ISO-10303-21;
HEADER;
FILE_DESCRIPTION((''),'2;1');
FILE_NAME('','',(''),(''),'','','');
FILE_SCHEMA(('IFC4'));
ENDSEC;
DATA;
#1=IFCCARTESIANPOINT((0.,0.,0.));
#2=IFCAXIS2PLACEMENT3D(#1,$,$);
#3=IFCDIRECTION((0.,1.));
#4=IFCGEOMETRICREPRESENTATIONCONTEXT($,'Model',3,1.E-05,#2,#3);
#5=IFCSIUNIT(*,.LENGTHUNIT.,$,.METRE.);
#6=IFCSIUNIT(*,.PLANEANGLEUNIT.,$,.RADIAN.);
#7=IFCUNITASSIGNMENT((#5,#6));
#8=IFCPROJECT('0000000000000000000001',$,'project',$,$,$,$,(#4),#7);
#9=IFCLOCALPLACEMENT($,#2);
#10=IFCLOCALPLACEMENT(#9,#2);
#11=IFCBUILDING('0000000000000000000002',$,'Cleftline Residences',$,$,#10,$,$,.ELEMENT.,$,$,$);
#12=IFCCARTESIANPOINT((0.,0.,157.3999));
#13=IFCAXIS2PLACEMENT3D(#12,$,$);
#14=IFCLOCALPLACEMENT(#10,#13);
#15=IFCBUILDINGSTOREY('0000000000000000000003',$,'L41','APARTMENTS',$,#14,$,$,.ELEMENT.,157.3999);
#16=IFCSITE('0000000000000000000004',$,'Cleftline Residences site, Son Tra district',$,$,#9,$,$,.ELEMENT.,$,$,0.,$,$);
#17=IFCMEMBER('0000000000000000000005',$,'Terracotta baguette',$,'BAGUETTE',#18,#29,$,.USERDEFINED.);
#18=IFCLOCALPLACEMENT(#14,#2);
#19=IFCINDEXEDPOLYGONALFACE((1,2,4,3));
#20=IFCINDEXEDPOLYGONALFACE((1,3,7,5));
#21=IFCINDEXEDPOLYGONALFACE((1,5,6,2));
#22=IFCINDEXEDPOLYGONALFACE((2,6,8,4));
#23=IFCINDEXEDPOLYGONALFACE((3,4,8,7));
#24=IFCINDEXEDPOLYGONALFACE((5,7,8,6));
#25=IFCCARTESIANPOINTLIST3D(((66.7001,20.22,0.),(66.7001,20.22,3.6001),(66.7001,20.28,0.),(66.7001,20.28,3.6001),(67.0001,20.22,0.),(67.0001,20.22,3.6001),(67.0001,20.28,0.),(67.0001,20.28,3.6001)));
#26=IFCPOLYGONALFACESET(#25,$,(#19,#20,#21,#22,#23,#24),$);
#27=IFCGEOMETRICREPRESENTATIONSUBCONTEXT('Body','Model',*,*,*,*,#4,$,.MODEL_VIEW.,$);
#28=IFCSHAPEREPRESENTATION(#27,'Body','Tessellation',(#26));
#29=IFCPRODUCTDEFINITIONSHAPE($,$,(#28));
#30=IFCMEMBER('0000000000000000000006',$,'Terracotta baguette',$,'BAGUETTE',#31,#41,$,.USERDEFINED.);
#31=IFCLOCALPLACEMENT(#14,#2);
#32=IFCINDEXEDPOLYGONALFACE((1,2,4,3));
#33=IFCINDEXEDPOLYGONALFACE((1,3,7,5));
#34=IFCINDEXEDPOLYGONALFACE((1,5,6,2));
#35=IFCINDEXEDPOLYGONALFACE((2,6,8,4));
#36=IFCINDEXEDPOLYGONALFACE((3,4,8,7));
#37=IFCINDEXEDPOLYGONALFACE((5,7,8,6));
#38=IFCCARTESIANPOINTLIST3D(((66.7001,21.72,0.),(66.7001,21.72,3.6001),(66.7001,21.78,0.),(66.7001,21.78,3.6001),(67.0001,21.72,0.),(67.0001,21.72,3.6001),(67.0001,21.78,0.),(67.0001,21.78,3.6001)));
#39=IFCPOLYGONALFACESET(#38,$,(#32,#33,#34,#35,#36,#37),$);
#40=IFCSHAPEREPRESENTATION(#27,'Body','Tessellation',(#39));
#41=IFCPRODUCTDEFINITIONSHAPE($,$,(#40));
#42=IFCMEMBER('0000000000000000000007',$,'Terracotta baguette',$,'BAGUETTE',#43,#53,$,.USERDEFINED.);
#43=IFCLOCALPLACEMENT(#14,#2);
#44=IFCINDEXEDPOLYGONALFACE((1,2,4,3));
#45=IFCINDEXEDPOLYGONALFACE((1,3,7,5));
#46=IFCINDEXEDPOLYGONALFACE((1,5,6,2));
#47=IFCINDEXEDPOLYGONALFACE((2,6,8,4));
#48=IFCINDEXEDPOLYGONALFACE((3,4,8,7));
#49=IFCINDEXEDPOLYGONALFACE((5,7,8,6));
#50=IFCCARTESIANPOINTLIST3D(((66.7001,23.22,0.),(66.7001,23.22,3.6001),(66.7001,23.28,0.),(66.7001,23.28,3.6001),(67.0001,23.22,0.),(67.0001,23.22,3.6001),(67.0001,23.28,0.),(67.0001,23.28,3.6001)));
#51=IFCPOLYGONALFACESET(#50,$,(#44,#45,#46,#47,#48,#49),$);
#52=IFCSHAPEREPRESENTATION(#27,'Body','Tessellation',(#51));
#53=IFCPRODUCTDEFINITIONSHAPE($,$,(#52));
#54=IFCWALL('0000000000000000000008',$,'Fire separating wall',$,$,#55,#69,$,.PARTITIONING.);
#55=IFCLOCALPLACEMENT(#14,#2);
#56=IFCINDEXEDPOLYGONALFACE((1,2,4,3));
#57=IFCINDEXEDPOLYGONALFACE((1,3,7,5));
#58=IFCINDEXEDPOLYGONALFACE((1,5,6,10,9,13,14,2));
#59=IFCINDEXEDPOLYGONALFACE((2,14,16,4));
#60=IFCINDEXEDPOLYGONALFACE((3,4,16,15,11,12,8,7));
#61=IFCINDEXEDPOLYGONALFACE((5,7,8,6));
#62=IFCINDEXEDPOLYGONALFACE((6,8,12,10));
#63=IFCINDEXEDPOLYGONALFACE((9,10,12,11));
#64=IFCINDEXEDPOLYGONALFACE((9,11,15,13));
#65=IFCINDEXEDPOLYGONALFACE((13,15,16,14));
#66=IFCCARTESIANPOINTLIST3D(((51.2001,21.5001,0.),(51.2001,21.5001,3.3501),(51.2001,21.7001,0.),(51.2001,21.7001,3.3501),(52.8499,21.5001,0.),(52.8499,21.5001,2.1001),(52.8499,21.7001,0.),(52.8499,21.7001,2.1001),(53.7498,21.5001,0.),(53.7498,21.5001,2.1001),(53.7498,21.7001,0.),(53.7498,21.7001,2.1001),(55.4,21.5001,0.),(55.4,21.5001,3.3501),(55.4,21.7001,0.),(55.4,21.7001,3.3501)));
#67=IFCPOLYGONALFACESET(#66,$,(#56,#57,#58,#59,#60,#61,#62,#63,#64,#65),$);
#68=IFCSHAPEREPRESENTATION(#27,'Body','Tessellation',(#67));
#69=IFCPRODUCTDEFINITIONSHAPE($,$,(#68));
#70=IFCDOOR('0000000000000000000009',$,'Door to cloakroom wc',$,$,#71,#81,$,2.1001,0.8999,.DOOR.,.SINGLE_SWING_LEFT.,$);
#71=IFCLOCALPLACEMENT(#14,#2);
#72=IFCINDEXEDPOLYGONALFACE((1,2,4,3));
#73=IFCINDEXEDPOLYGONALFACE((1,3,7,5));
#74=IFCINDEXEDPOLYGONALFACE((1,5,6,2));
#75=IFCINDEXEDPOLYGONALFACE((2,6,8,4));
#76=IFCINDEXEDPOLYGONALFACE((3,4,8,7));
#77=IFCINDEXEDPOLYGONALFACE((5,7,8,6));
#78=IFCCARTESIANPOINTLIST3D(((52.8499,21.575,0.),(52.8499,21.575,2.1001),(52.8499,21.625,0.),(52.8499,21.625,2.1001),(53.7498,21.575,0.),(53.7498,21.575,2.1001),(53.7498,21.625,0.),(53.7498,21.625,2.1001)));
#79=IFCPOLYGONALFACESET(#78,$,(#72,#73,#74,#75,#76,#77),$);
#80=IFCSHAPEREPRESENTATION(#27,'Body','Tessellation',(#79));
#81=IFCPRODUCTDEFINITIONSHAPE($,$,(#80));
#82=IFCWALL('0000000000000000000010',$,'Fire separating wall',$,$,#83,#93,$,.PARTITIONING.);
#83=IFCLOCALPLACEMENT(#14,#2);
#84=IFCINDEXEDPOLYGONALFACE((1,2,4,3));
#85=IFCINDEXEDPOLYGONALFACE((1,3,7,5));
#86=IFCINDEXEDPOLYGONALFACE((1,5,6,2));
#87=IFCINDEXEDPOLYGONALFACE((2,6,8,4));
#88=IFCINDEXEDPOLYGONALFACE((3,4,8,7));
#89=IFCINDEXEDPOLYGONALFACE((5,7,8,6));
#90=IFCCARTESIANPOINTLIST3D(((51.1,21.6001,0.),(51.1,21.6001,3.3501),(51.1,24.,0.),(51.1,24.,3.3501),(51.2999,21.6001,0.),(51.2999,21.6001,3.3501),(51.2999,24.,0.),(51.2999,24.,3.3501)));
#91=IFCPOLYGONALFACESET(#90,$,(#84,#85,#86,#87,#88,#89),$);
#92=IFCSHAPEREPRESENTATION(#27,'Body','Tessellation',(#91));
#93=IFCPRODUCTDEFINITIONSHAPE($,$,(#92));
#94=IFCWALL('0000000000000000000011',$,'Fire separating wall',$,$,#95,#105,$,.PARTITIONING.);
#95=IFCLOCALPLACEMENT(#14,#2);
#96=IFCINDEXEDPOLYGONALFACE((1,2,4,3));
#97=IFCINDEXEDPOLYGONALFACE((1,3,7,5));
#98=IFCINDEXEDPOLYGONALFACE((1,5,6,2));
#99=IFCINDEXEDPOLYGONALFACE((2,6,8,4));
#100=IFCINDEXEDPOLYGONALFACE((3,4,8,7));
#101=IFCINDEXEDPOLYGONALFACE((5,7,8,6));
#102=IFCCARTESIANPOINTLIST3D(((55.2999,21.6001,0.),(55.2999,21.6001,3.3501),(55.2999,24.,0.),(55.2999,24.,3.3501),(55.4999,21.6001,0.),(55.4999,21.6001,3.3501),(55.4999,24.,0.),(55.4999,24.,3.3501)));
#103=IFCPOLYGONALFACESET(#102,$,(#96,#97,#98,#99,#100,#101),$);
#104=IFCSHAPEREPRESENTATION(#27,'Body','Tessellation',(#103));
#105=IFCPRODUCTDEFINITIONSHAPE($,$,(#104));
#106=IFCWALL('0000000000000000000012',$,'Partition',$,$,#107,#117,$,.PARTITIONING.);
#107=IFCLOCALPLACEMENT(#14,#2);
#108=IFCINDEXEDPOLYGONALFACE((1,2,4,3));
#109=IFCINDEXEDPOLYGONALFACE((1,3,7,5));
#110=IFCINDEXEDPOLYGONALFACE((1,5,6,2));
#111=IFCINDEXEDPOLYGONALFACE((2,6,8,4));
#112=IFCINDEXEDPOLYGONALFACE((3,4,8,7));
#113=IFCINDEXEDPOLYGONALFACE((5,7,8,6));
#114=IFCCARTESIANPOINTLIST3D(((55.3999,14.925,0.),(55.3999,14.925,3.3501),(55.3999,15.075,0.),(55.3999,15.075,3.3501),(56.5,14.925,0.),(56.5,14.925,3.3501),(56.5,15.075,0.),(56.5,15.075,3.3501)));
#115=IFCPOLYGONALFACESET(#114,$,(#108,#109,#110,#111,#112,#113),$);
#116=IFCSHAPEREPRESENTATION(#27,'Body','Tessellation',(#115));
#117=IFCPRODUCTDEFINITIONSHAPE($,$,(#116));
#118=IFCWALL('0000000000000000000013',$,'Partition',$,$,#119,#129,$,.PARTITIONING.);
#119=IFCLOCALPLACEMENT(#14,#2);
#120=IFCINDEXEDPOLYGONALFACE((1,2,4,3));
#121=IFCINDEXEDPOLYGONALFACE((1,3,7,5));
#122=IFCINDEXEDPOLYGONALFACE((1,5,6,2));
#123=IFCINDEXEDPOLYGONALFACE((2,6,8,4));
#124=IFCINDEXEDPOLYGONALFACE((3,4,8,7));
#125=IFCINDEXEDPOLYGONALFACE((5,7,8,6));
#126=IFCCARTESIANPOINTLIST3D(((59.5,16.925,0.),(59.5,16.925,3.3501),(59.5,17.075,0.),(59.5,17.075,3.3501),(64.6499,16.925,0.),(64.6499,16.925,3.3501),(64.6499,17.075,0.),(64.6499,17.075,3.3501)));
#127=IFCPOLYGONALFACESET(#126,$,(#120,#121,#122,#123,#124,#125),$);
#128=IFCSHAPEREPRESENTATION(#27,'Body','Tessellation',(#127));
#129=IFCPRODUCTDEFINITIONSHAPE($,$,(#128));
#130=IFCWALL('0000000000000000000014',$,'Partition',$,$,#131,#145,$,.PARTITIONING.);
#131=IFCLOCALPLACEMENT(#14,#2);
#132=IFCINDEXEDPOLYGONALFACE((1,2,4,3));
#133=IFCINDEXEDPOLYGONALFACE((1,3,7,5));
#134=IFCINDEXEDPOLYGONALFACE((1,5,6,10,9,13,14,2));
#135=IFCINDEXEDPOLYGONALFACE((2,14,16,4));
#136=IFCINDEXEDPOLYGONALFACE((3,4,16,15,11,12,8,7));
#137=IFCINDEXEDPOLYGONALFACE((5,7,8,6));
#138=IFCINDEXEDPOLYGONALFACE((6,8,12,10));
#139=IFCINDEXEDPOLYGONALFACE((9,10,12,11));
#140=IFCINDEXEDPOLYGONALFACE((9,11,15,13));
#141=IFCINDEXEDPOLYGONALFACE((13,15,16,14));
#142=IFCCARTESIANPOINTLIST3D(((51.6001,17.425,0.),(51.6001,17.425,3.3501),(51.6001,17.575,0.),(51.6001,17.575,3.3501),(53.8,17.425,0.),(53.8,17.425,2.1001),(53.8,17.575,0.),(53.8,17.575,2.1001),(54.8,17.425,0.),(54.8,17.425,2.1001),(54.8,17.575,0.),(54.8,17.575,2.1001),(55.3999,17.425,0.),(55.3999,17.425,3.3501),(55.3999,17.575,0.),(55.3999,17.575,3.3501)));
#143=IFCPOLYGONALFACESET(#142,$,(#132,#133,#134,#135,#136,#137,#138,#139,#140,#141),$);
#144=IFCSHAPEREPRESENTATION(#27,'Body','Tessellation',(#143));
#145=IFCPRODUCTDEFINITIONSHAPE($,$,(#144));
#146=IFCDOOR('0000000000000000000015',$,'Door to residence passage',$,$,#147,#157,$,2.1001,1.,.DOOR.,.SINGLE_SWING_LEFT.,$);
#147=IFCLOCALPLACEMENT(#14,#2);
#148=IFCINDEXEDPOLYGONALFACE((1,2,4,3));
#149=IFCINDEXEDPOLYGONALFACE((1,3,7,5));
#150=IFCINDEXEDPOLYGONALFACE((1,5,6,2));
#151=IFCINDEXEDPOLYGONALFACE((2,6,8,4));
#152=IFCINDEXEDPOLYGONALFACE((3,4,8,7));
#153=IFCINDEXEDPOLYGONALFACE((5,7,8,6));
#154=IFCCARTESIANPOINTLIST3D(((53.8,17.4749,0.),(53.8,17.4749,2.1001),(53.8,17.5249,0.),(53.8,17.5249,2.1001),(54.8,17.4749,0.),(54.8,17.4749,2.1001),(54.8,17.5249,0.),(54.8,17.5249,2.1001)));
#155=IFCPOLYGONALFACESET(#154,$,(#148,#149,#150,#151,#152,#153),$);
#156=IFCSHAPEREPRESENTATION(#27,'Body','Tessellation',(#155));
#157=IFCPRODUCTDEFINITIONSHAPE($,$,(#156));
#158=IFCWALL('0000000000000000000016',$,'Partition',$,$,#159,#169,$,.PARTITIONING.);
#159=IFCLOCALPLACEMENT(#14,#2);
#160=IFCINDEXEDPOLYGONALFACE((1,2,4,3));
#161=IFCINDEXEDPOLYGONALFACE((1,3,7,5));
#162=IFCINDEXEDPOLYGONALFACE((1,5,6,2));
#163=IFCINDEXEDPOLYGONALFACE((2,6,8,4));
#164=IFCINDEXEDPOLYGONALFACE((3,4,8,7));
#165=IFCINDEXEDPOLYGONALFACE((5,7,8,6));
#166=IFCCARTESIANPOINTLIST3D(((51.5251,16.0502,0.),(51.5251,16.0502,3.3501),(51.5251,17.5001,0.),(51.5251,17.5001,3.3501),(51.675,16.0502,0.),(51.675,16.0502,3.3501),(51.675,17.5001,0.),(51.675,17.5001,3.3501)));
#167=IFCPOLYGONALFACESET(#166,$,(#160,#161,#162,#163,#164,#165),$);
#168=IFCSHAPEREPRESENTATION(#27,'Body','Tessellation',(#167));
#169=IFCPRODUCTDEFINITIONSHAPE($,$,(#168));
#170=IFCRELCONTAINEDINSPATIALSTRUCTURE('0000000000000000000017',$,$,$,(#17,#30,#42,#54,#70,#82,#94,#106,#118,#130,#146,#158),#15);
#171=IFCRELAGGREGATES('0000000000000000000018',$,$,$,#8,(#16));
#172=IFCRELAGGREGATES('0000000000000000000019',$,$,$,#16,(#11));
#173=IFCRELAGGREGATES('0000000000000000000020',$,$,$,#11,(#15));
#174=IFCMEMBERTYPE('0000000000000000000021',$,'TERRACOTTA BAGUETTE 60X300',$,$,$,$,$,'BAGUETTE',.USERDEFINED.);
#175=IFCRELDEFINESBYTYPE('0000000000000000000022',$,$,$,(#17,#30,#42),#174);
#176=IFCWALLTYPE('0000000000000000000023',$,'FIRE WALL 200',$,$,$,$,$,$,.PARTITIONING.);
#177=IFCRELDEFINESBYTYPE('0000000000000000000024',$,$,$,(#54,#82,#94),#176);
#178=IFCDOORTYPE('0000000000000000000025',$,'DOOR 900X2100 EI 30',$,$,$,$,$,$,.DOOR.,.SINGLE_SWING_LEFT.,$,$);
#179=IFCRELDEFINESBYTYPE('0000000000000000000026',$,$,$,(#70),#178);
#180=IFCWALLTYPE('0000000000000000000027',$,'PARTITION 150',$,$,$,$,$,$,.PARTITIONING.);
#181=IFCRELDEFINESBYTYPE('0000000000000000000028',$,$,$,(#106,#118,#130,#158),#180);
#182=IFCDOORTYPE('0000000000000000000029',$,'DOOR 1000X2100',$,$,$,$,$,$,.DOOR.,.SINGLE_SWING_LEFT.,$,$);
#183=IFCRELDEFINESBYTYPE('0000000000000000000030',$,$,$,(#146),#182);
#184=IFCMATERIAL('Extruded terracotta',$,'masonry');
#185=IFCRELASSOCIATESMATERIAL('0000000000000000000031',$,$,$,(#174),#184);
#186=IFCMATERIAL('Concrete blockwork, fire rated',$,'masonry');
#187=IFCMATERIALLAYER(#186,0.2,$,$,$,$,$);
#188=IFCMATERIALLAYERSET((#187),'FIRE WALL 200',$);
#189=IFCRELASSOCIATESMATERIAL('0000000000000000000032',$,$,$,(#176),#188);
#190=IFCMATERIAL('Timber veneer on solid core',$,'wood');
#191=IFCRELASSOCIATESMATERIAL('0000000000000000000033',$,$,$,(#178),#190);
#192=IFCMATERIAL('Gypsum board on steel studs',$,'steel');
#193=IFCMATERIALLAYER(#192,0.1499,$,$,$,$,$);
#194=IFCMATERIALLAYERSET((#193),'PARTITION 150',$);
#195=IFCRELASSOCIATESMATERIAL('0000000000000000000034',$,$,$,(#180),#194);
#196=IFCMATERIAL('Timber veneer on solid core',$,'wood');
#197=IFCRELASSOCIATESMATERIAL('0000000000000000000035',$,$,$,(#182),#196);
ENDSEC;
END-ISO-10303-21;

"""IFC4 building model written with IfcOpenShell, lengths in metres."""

from ifc_helpers import new_model, si_unit, direction, frame, frame_2d, origin, origin_2d, place, context, subcontext, project, spatial, rectangle, extrude, material, layer, layer_set, material_profile, profile_set, type_object, element, fill, save


model = new_model("IFC4")

# Units and contexts
model_context = context("Model", 3, precision=1e-05, world=origin(), true_north=direction((0.0, 1.0)))
body_context = subcontext(model_context, "Body", "Model", "MODEL_VIEW")
ifc_project = project(units=[si_unit("LENGTHUNIT", "METRE"), si_unit("PLANEANGLEUNIT", "RADIAN")], contexts=[model_context])

# Site, building, storey
site_placement = place(None, origin())
site = spatial("IfcSite", under=ifc_project, at=site_placement, Name="Cleftline Residences site, Son Tra district", CompositionType="ELEMENT", RefElevation=0.0)
building_placement = place(site_placement, origin())
building = spatial("IfcBuilding", under=site, at=building_placement, Name="Cleftline Residences", CompositionType="ELEMENT")
storey_placement = place(building_placement, frame((0.0, 0.0, 157.3999)))
storey = spatial("IfcBuildingStorey", under=building, at=storey_placement, Name="L41", Description="APARTMENTS", CompositionType="ELEMENT", Elevation=157.3999)

# Members
ifc_material_1 = material(Name="Extruded terracotta", Category="masonry")
ifc_material_profile_1 = material_profile(ifc_material_1, rectangle(XDim=0.0601, YDim=0.3, at=origin_2d()))
ifc_profile_set_1 = profile_set([ifc_material_profile_1], Name="Extruded terracotta")
member_type_1 = type_object("IfcMemberType", Name="TERRACOTTA BAGUETTE 60X300", ElementType="BAGUETTE", PredefinedType="USERDEFINED", material=ifc_profile_set_1)
for number, where, z_axis, x_axis, name in (
    (1, (66.8501, 20.25, 0.0), (0.0, 0.0, 1.0), (0.0, 1.0, 0.0), "Terracotta baguette"),
    (2, (66.8501, 21.75, 0.0), (0.0, 0.0, 1.0), (0.0, 1.0, 0.0), "Terracotta baguette"),
    (3, (66.8501, 23.25, 0.0), (0.0, 0.0, 1.0), (0.0, 1.0, 0.0), "Terracotta baguette"),
):
    element("IfcMember", number, at=place(storey_placement, frame(where, z_axis=z_axis, x_axis=x_axis)), inside=storey, type_object=member_type_1, Name=name, ObjectType="BAGUETTE", PredefinedType="USERDEFINED", context=body_context, shape_type="SweptSolid", body=[
        extrude(rectangle(XDim=0.0601, YDim=0.3, at=origin_2d()), origin(), (0.0, 0.0, 1.0), 3.6001),
    ])

# Wall, opening, door
ifc_material_2 = material(Name="Concrete blockwork, fire rated", Category="masonry")
ifc_layer_1 = layer(ifc_material_2, 0.2)
ifc_layer_set_1 = layer_set([ifc_layer_1], Name="FIRE WALL 200")
wall_type_1 = type_object("IfcWallType", Name="FIRE WALL 200", PredefinedType="PARTITIONING", material=ifc_layer_set_1)
wall_1_placement = place(storey_placement, frame((51.2, 21.6001, 0.0), z_axis=(0.0, 0.0, 1.0), x_axis=(1.0, 0.0, 0.0)))
wall_1 = element("IfcWall", 4, at=wall_1_placement, inside=storey, type_object=wall_type_1, Name="Fire separating wall", PredefinedType="PARTITIONING", context=body_context, shape_type="SweptSolid", body=[
    extrude(rectangle(XDim=4.2, YDim=0.2, at=frame_2d((2.1001, 0.0))), origin(), (0.0, 0.0, 1.0), 3.3501),
])
opening_1_placement = place(wall_1_placement, frame((1.6499, 0.0, 0.0)))
opening_1 = element("IfcOpeningElement", 5, at=opening_1_placement, cuts=wall_1, PredefinedType="OPENING", context=body_context, shape_type="SweptSolid", body=[
    extrude(rectangle(XDim=0.8999, YDim=2.1001, at=frame_2d((0.45, 1.05))), frame((0.0, 0.1099, 0.0), z_axis=(0.0, -1.0, 0.0), x_axis=(1.0, 0.0, 0.0)), (0.0, 0.0, 1.0), 0.22),
])
ifc_material_3 = material(Name="Timber veneer on solid core", Category="wood")
door_type_1 = type_object("IfcDoorType", Name="DOOR 900X2100 EI 30", OperationType="SINGLE_SWING_LEFT", PredefinedType="DOOR", material=ifc_material_3)
door_1_placement = place(opening_1_placement, origin())
door_1 = element("IfcDoor", 6, at=door_1_placement, inside=storey, type_object=door_type_1, Name="Door to cloakroom wc", OperationType="SINGLE_SWING_LEFT", OverallHeight=2.1001, OverallWidth=0.8999, PredefinedType="DOOR", context=body_context, shape_type="SweptSolid", body=[
    extrude(rectangle(XDim=0.8999, YDim=2.1001, at=frame_2d((0.45, 1.05))), frame((0.0, 0.0249, 0.0), z_axis=(0.0, -1.0, 0.0), x_axis=(1.0, 0.0, 0.0)), (0.0, 0.0, 1.0), 0.05),
])
fill(opening_1, door_1)

# Walls
for number, where, z_axis, x_axis, name in (
    (7, (51.2, 21.6001, 0.0), (0.0, 0.0, 1.0), (0.0, 1.0, 0.0), "Fire separating wall"),
    (8, (55.3999, 21.6001, 0.0), (0.0, 0.0, 1.0), (0.0, 1.0, 0.0), "Fire separating wall"),
):
    element("IfcWall", number, at=place(storey_placement, frame(where, z_axis=z_axis, x_axis=x_axis)), inside=storey, type_object=wall_type_1, Name=name, PredefinedType="PARTITIONING", context=body_context, shape_type="SweptSolid", body=[
        extrude(rectangle(XDim=2.3999, YDim=0.2, at=frame_2d((1.2, 0.0))), origin(), (0.0, 0.0, 1.0), 3.3501),
    ])
ifc_material_4 = material(Name="Gypsum board on steel studs", Category="steel")
ifc_layer_2 = layer(ifc_material_4, 0.1499)
ifc_layer_set_2 = layer_set([ifc_layer_2], Name="PARTITION 150")
wall_type_2 = type_object("IfcWallType", Name="PARTITION 150", PredefinedType="PARTITIONING", material=ifc_layer_set_2)
wall_2_placement = place(storey_placement, frame((55.3999, 15.0, 0.0), z_axis=(0.0, 0.0, 1.0), x_axis=(1.0, 0.0, 0.0)))
element("IfcWall", 9, at=wall_2_placement, inside=storey, type_object=wall_type_2, Name="Partition", PredefinedType="PARTITIONING", context=body_context, shape_type="SweptSolid", body=[
    extrude(rectangle(XDim=1.1001, YDim=0.1499, at=frame_2d((0.55, 0.0))), origin(), (0.0, 0.0, 1.0), 3.3501),
])
wall_3_placement = place(storey_placement, frame((59.5, 17.0, 0.0), z_axis=(0.0, 0.0, 1.0), x_axis=(1.0, 0.0, 0.0)))
element("IfcWall", 10, at=wall_3_placement, inside=storey, type_object=wall_type_2, Name="Partition", PredefinedType="PARTITIONING", context=body_context, shape_type="SweptSolid", body=[
    extrude(rectangle(XDim=5.1499, YDim=0.1499, at=frame_2d((2.575, 0.0))), origin(), (0.0, 0.0, 1.0), 3.3501),
])

# Wall, opening, door
wall_4_placement = place(storey_placement, frame((51.6001, 17.5, 0.0), z_axis=(0.0, 0.0, 1.0), x_axis=(1.0, 0.0, 0.0)))
wall_4 = element("IfcWall", 11, at=wall_4_placement, inside=storey, type_object=wall_type_2, Name="Partition", PredefinedType="PARTITIONING", context=body_context, shape_type="SweptSolid", body=[
    extrude(rectangle(XDim=3.7998, YDim=0.1499, at=frame_2d((1.8999, 0.0))), origin(), (0.0, 0.0, 1.0), 3.3501),
])
opening_2_placement = place(wall_4_placement, frame((2.2, 0.0, 0.0)))
opening_2 = element("IfcOpeningElement", 12, at=opening_2_placement, cuts=wall_4, PredefinedType="OPENING", context=body_context, shape_type="SweptSolid", body=[
    extrude(rectangle(XDim=1.0, YDim=2.1001, at=frame_2d((0.5, 1.05))), frame((0.0, 0.085, 0.0), z_axis=(0.0, -1.0, 0.0), x_axis=(1.0, 0.0, 0.0)), (0.0, 0.0, 1.0), 0.1699),
])
ifc_material_5 = material(Name="Timber veneer on solid core", Category="wood")
door_type_2 = type_object("IfcDoorType", Name="DOOR 1000X2100", OperationType="SINGLE_SWING_LEFT", PredefinedType="DOOR", material=ifc_material_5)
door_2_placement = place(opening_2_placement, origin())
door_2 = element("IfcDoor", 13, at=door_2_placement, inside=storey, type_object=door_type_2, Name="Door to residence passage", OperationType="SINGLE_SWING_LEFT", OverallHeight=2.1001, OverallWidth=1.0, PredefinedType="DOOR", context=body_context, shape_type="SweptSolid", body=[
    extrude(rectangle(XDim=1.0, YDim=2.1001, at=frame_2d((0.5, 1.05))), frame((0.0, 0.0249, 0.0), z_axis=(0.0, -1.0, 0.0), x_axis=(1.0, 0.0, 0.0)), (0.0, 0.0, 1.0), 0.05),
])
fill(opening_2, door_2)

# Wall
wall_5_placement = place(storey_placement, frame((51.6001, 16.05, 0.0), z_axis=(0.0, 0.0, 1.0), x_axis=(0.0, 1.0, 0.0)))
element("IfcWall", 14, at=wall_5_placement, inside=storey, type_object=wall_type_2, Name="Partition", PredefinedType="PARTITIONING", context=body_context, shape_type="SweptSolid", body=[
    extrude(rectangle(XDim=1.45, YDim=0.1499, at=frame_2d((0.7251, 0.0))), origin(), (0.0, 0.0, 1.0), 3.3501),
])

save(model, "model.ifc")
